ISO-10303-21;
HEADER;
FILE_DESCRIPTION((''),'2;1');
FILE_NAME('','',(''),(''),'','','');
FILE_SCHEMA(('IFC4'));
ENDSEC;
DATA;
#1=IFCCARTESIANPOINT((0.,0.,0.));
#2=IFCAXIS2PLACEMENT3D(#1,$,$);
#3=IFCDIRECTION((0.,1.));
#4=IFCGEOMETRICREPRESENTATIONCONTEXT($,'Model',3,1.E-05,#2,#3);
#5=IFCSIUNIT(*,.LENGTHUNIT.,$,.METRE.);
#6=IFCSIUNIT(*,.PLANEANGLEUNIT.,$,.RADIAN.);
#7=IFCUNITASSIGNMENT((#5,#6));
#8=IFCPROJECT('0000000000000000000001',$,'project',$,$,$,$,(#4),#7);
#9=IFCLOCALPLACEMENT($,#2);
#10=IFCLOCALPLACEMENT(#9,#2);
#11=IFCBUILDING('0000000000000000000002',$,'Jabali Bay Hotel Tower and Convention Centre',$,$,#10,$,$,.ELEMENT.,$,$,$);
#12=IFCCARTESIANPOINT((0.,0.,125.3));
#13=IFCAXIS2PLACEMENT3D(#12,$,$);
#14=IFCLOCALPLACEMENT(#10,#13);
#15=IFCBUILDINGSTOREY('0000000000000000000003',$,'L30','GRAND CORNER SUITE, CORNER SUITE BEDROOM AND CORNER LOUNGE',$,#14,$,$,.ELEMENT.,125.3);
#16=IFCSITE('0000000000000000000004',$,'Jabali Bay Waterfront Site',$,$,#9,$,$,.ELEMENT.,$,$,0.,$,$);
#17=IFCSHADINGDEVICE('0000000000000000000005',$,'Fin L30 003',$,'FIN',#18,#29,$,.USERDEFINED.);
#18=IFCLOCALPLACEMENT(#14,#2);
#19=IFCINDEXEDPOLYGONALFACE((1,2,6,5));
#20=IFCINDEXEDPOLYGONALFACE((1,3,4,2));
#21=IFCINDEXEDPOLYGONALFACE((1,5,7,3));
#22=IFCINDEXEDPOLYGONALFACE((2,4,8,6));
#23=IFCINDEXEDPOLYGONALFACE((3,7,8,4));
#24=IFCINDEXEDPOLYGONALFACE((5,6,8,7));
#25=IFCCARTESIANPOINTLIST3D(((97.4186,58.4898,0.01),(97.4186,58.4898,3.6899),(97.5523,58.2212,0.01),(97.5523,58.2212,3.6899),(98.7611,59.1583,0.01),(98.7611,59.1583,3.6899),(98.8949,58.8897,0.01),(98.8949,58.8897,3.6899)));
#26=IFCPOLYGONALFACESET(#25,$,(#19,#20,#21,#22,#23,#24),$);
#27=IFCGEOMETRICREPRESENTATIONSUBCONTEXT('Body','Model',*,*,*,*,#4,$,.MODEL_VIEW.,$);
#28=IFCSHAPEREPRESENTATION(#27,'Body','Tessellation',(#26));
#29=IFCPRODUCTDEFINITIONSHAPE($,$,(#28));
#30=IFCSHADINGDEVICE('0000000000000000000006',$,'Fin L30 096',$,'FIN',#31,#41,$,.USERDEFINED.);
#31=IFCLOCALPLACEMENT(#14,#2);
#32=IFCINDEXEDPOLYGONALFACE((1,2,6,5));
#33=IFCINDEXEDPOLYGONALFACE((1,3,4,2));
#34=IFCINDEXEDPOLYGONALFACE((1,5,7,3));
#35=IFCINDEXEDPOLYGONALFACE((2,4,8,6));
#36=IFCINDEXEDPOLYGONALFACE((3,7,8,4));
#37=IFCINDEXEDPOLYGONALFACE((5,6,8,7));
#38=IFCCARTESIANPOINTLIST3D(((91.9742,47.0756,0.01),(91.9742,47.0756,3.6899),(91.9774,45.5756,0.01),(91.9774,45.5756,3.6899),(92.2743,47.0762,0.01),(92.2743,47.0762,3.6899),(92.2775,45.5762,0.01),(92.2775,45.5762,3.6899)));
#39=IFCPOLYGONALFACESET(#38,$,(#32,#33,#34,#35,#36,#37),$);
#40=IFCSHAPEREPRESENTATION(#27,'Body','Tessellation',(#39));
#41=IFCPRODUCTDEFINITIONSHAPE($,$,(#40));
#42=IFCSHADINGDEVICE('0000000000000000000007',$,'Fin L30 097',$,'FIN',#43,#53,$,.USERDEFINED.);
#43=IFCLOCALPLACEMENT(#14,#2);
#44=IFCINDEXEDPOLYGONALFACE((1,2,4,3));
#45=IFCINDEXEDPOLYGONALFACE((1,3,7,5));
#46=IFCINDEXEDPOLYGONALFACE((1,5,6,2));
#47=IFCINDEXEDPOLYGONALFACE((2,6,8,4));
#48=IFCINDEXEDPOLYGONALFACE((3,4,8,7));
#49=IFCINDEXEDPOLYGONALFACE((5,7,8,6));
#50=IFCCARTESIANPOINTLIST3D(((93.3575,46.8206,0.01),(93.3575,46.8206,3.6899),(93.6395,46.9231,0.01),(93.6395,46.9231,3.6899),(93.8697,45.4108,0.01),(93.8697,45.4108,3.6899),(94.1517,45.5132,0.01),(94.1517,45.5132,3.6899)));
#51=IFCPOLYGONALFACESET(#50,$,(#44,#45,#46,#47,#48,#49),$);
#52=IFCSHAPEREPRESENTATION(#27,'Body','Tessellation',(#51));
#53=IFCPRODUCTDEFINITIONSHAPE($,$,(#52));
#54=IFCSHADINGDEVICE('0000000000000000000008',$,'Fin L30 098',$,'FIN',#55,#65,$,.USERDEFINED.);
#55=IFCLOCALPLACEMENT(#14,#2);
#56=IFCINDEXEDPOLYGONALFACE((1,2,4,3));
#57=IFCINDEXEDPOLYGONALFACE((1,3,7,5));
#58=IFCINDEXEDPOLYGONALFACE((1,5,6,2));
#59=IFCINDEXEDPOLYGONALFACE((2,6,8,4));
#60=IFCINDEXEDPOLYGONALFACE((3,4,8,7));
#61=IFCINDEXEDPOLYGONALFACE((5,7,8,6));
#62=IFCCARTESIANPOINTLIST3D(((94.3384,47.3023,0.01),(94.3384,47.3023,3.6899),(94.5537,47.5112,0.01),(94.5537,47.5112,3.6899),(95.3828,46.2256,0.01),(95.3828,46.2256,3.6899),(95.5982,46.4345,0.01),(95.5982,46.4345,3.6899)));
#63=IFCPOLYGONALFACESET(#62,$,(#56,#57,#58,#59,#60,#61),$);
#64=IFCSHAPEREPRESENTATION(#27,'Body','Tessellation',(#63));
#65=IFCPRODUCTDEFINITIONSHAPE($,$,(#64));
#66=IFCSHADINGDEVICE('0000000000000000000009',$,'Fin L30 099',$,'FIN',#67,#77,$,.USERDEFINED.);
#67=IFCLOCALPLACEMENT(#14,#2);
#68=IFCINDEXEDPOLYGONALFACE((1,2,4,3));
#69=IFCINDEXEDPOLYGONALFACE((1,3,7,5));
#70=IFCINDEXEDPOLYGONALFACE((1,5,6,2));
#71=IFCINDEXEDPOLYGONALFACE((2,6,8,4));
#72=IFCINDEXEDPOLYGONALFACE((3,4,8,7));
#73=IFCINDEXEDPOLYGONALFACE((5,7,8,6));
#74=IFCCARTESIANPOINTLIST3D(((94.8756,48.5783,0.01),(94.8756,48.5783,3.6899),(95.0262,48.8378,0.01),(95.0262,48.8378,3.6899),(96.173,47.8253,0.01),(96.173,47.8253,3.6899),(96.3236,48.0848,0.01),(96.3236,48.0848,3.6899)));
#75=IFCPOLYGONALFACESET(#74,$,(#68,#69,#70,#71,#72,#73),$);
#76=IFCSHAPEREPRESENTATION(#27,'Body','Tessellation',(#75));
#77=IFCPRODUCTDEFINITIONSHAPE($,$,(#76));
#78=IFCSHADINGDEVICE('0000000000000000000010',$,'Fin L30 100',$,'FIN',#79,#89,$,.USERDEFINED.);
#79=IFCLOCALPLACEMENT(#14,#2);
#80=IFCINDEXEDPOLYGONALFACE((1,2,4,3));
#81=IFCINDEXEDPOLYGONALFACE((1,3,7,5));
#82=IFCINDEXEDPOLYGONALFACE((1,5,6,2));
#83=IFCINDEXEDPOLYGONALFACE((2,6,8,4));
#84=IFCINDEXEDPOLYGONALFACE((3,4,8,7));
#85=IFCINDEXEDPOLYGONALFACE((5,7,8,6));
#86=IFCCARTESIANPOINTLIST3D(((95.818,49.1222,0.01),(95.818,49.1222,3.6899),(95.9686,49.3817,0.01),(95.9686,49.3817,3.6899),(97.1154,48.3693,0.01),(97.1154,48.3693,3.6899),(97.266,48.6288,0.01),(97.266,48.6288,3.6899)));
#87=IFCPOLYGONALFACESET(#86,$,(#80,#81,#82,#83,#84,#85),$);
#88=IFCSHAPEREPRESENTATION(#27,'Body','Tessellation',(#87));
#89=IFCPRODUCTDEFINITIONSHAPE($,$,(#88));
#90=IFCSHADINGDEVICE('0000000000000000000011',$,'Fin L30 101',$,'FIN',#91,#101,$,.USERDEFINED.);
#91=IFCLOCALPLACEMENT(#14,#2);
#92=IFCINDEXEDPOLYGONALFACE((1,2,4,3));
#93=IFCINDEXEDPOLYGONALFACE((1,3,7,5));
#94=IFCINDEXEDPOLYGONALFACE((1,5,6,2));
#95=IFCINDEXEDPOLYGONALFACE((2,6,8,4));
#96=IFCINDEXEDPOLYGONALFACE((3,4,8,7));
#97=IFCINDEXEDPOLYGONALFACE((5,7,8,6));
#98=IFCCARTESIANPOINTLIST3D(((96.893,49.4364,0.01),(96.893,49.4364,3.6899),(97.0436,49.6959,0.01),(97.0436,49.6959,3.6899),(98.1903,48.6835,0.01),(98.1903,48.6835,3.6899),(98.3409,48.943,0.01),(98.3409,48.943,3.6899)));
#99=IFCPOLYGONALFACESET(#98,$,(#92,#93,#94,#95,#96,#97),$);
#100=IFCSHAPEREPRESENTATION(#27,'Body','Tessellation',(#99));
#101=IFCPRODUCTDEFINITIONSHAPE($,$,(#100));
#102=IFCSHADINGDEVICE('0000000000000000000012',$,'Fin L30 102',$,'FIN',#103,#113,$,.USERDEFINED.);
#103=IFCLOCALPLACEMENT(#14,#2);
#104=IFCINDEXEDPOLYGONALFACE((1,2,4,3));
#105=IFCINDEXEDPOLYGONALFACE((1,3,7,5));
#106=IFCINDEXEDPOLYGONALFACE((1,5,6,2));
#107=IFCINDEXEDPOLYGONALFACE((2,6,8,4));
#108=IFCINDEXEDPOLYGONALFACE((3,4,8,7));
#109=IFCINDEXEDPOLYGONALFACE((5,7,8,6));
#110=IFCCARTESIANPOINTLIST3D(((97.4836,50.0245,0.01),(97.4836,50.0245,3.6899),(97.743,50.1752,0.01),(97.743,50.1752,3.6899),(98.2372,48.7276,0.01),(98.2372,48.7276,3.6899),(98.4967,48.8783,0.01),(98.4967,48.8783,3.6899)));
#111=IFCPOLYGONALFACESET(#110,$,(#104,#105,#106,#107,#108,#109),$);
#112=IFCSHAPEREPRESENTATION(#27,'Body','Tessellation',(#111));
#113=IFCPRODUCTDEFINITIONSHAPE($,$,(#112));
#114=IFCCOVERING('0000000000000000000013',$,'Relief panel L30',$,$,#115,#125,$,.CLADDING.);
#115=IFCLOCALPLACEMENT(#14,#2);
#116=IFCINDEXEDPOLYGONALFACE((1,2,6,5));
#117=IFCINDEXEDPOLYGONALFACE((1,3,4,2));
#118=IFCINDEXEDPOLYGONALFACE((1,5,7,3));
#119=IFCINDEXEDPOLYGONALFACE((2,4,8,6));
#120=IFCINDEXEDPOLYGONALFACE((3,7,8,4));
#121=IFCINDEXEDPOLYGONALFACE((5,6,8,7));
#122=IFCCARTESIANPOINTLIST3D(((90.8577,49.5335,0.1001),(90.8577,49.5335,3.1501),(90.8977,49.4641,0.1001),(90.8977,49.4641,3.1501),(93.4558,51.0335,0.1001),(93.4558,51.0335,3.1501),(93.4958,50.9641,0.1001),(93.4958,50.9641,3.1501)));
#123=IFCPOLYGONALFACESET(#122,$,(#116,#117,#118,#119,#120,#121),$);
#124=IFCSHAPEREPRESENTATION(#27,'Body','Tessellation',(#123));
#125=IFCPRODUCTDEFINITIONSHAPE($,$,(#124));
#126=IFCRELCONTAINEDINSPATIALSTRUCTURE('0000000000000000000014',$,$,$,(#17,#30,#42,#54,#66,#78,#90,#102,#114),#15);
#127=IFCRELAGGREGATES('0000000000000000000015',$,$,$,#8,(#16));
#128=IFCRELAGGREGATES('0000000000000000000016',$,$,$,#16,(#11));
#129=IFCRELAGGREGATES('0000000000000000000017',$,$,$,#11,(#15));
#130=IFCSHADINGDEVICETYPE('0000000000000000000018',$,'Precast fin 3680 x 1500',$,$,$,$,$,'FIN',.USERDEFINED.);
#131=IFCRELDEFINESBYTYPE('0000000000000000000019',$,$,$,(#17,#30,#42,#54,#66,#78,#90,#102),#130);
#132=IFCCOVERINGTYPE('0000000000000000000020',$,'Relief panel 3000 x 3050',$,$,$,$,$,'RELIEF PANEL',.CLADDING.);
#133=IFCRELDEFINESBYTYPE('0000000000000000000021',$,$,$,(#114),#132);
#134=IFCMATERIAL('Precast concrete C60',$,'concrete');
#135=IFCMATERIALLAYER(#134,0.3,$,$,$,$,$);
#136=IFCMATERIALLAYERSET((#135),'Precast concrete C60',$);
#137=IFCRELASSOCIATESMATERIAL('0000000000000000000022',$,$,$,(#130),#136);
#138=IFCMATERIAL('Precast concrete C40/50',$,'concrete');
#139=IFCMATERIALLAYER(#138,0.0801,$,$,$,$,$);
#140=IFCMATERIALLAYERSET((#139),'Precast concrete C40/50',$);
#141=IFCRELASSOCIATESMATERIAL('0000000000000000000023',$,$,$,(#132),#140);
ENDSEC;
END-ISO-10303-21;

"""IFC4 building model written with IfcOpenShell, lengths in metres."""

from ifc_helpers import new_model, si_unit, direction, frame, frame_2d, origin, origin_2d, place, context, subcontext, project, spatial, rectangle, extrude, material, layer, layer_set, type_object, element, save


model = new_model("IFC4")

# Units and contexts
model_context = context("Model", 3, precision=1e-05, world=origin(), true_north=direction((0.0, 1.0)))
body_context = subcontext(model_context, "Body", "Model", "MODEL_VIEW")
ifc_project = project(units=[si_unit("LENGTHUNIT", "METRE"), si_unit("PLANEANGLEUNIT", "RADIAN")], contexts=[model_context])

# Site, building, storey
site_placement = place(None, origin())
site = spatial("IfcSite", under=ifc_project, at=site_placement, Name="Jabali Bay Waterfront Site", CompositionType="ELEMENT", RefElevation=0.0)
building_placement = place(site_placement, origin())
building = spatial("IfcBuilding", under=site, at=building_placement, Name="Jabali Bay Hotel Tower and Convention Centre", CompositionType="ELEMENT")
storey_placement = place(building_placement, frame((0.0, 0.0, 125.3)))
storey = spatial("IfcBuildingStorey", under=building, at=storey_placement, Name="L30", Description="GRAND CORNER SUITE, CORNER SUITE BEDROOM AND CORNER LOUNGE", CompositionType="ELEMENT", Elevation=125.3)

# Shading devices
ifc_material_1 = material(Name="Precast concrete C60", Category="concrete")
ifc_layer_1 = layer(ifc_material_1, 0.3)
ifc_layer_set_1 = layer_set([ifc_layer_1], Name="Precast concrete C60")
shading_device_type = type_object("IfcShadingDeviceType", Name="Precast fin 3680 x 1500", ElementType="FIN", PredefinedType="USERDEFINED", material=ifc_layer_set_1)
for number, where, z_axis, x_axis, name in (
    (1, (97.4854, 58.3555, 0.01), (0.0, 0.0, 1.0), (0.895175, 0.445715, 0.0), "Fin L30 003"),
):
    element("IfcShadingDevice", number, at=place(storey_placement, frame(where, z_axis=z_axis, x_axis=x_axis)), inside=storey, type_object=shading_device_type, Name=name, ObjectType="FIN", PredefinedType="USERDEFINED", context=body_context, shape_type="SweptSolid", body=[
        extrude(rectangle(XDim=1.4998, YDim=0.3, at=frame_2d((0.75, 0.0))), origin(), (0.0, 0.0, 1.0), 3.6799),
    ])
for number, where, z_axis, x_axis, name in (
    (2, (92.1243, 47.0759, 0.01), (0.0, 0.0, 1.0), (0.002116, -0.999998, 0.0), "Fin L30 096"),
    (3, (93.4985, 46.8718, 0.01), (0.0, 0.0, 1.0), (0.341456, -0.939898, 0.0), "Fin L30 097"),
    (4, (94.446, 47.4067, 0.01), (0.0, 0.0, 1.0), (0.696283, -0.717767, 0.0), "Fin L30 098"),
    (5, (94.9509, 48.708, 0.01), (0.0, 0.0, 1.0), (0.864898, -0.501947, 0.0), "Fin L30 099"),
    (6, (95.8933, 49.252, 0.01), (0.0, 0.0, 1.0), (0.864898, -0.501947, 0.0), "Fin L30 100"),
    (7, (96.9683, 49.5662, 0.01), (0.0, 0.0, 1.0), (0.864898, -0.501947, 0.0), "Fin L30 101"),
    (8, (97.6133, 50.0999, 0.01), (0.0, 0.0, 1.0), (0.502454, -0.864604, 0.0), "Fin L30 102"),
):
    element("IfcShadingDevice", number, at=place(storey_placement, frame(where, z_axis=z_axis, x_axis=x_axis)), inside=storey, type_object=shading_device_type, Name=name, ObjectType="FIN", PredefinedType="USERDEFINED", context=body_context, shape_type="SweptSolid", body=[
        extrude(rectangle(XDim=1.5, YDim=0.3, at=frame_2d((0.75, 0.0))), origin(), (0.0, 0.0, 1.0), 3.6799),
    ])

# Covering
ifc_material_2 = material(Name="Precast concrete C40/50", Category="concrete")
ifc_layer_2 = layer(ifc_material_2, 0.0801)
ifc_layer_set_2 = layer_set([ifc_layer_2], Name="Precast concrete C40/50")
covering_type = type_object("IfcCoveringType", Name="Relief panel 3000 x 3050", ElementType="RELIEF PANEL", PredefinedType="CLADDING", material=ifc_layer_set_2)
covering_placement = place(storey_placement, frame((92.1768, 50.2488, 0.1001), z_axis=(0.0, 0.0, 1.0), x_axis=(-0.866025, -0.5, 0.0)))
element("IfcCovering", 9, at=covering_placement, inside=storey, type_object=covering_type, Name="Relief panel L30", PredefinedType="CLADDING", context=body_context, shape_type="SweptSolid", body=[
    extrude(rectangle(XDim=3.0, YDim=0.0801, at=origin_2d()), origin(), (0.0, 0.0, 1.0), 3.05),
])

save(model, "model.ifc")
